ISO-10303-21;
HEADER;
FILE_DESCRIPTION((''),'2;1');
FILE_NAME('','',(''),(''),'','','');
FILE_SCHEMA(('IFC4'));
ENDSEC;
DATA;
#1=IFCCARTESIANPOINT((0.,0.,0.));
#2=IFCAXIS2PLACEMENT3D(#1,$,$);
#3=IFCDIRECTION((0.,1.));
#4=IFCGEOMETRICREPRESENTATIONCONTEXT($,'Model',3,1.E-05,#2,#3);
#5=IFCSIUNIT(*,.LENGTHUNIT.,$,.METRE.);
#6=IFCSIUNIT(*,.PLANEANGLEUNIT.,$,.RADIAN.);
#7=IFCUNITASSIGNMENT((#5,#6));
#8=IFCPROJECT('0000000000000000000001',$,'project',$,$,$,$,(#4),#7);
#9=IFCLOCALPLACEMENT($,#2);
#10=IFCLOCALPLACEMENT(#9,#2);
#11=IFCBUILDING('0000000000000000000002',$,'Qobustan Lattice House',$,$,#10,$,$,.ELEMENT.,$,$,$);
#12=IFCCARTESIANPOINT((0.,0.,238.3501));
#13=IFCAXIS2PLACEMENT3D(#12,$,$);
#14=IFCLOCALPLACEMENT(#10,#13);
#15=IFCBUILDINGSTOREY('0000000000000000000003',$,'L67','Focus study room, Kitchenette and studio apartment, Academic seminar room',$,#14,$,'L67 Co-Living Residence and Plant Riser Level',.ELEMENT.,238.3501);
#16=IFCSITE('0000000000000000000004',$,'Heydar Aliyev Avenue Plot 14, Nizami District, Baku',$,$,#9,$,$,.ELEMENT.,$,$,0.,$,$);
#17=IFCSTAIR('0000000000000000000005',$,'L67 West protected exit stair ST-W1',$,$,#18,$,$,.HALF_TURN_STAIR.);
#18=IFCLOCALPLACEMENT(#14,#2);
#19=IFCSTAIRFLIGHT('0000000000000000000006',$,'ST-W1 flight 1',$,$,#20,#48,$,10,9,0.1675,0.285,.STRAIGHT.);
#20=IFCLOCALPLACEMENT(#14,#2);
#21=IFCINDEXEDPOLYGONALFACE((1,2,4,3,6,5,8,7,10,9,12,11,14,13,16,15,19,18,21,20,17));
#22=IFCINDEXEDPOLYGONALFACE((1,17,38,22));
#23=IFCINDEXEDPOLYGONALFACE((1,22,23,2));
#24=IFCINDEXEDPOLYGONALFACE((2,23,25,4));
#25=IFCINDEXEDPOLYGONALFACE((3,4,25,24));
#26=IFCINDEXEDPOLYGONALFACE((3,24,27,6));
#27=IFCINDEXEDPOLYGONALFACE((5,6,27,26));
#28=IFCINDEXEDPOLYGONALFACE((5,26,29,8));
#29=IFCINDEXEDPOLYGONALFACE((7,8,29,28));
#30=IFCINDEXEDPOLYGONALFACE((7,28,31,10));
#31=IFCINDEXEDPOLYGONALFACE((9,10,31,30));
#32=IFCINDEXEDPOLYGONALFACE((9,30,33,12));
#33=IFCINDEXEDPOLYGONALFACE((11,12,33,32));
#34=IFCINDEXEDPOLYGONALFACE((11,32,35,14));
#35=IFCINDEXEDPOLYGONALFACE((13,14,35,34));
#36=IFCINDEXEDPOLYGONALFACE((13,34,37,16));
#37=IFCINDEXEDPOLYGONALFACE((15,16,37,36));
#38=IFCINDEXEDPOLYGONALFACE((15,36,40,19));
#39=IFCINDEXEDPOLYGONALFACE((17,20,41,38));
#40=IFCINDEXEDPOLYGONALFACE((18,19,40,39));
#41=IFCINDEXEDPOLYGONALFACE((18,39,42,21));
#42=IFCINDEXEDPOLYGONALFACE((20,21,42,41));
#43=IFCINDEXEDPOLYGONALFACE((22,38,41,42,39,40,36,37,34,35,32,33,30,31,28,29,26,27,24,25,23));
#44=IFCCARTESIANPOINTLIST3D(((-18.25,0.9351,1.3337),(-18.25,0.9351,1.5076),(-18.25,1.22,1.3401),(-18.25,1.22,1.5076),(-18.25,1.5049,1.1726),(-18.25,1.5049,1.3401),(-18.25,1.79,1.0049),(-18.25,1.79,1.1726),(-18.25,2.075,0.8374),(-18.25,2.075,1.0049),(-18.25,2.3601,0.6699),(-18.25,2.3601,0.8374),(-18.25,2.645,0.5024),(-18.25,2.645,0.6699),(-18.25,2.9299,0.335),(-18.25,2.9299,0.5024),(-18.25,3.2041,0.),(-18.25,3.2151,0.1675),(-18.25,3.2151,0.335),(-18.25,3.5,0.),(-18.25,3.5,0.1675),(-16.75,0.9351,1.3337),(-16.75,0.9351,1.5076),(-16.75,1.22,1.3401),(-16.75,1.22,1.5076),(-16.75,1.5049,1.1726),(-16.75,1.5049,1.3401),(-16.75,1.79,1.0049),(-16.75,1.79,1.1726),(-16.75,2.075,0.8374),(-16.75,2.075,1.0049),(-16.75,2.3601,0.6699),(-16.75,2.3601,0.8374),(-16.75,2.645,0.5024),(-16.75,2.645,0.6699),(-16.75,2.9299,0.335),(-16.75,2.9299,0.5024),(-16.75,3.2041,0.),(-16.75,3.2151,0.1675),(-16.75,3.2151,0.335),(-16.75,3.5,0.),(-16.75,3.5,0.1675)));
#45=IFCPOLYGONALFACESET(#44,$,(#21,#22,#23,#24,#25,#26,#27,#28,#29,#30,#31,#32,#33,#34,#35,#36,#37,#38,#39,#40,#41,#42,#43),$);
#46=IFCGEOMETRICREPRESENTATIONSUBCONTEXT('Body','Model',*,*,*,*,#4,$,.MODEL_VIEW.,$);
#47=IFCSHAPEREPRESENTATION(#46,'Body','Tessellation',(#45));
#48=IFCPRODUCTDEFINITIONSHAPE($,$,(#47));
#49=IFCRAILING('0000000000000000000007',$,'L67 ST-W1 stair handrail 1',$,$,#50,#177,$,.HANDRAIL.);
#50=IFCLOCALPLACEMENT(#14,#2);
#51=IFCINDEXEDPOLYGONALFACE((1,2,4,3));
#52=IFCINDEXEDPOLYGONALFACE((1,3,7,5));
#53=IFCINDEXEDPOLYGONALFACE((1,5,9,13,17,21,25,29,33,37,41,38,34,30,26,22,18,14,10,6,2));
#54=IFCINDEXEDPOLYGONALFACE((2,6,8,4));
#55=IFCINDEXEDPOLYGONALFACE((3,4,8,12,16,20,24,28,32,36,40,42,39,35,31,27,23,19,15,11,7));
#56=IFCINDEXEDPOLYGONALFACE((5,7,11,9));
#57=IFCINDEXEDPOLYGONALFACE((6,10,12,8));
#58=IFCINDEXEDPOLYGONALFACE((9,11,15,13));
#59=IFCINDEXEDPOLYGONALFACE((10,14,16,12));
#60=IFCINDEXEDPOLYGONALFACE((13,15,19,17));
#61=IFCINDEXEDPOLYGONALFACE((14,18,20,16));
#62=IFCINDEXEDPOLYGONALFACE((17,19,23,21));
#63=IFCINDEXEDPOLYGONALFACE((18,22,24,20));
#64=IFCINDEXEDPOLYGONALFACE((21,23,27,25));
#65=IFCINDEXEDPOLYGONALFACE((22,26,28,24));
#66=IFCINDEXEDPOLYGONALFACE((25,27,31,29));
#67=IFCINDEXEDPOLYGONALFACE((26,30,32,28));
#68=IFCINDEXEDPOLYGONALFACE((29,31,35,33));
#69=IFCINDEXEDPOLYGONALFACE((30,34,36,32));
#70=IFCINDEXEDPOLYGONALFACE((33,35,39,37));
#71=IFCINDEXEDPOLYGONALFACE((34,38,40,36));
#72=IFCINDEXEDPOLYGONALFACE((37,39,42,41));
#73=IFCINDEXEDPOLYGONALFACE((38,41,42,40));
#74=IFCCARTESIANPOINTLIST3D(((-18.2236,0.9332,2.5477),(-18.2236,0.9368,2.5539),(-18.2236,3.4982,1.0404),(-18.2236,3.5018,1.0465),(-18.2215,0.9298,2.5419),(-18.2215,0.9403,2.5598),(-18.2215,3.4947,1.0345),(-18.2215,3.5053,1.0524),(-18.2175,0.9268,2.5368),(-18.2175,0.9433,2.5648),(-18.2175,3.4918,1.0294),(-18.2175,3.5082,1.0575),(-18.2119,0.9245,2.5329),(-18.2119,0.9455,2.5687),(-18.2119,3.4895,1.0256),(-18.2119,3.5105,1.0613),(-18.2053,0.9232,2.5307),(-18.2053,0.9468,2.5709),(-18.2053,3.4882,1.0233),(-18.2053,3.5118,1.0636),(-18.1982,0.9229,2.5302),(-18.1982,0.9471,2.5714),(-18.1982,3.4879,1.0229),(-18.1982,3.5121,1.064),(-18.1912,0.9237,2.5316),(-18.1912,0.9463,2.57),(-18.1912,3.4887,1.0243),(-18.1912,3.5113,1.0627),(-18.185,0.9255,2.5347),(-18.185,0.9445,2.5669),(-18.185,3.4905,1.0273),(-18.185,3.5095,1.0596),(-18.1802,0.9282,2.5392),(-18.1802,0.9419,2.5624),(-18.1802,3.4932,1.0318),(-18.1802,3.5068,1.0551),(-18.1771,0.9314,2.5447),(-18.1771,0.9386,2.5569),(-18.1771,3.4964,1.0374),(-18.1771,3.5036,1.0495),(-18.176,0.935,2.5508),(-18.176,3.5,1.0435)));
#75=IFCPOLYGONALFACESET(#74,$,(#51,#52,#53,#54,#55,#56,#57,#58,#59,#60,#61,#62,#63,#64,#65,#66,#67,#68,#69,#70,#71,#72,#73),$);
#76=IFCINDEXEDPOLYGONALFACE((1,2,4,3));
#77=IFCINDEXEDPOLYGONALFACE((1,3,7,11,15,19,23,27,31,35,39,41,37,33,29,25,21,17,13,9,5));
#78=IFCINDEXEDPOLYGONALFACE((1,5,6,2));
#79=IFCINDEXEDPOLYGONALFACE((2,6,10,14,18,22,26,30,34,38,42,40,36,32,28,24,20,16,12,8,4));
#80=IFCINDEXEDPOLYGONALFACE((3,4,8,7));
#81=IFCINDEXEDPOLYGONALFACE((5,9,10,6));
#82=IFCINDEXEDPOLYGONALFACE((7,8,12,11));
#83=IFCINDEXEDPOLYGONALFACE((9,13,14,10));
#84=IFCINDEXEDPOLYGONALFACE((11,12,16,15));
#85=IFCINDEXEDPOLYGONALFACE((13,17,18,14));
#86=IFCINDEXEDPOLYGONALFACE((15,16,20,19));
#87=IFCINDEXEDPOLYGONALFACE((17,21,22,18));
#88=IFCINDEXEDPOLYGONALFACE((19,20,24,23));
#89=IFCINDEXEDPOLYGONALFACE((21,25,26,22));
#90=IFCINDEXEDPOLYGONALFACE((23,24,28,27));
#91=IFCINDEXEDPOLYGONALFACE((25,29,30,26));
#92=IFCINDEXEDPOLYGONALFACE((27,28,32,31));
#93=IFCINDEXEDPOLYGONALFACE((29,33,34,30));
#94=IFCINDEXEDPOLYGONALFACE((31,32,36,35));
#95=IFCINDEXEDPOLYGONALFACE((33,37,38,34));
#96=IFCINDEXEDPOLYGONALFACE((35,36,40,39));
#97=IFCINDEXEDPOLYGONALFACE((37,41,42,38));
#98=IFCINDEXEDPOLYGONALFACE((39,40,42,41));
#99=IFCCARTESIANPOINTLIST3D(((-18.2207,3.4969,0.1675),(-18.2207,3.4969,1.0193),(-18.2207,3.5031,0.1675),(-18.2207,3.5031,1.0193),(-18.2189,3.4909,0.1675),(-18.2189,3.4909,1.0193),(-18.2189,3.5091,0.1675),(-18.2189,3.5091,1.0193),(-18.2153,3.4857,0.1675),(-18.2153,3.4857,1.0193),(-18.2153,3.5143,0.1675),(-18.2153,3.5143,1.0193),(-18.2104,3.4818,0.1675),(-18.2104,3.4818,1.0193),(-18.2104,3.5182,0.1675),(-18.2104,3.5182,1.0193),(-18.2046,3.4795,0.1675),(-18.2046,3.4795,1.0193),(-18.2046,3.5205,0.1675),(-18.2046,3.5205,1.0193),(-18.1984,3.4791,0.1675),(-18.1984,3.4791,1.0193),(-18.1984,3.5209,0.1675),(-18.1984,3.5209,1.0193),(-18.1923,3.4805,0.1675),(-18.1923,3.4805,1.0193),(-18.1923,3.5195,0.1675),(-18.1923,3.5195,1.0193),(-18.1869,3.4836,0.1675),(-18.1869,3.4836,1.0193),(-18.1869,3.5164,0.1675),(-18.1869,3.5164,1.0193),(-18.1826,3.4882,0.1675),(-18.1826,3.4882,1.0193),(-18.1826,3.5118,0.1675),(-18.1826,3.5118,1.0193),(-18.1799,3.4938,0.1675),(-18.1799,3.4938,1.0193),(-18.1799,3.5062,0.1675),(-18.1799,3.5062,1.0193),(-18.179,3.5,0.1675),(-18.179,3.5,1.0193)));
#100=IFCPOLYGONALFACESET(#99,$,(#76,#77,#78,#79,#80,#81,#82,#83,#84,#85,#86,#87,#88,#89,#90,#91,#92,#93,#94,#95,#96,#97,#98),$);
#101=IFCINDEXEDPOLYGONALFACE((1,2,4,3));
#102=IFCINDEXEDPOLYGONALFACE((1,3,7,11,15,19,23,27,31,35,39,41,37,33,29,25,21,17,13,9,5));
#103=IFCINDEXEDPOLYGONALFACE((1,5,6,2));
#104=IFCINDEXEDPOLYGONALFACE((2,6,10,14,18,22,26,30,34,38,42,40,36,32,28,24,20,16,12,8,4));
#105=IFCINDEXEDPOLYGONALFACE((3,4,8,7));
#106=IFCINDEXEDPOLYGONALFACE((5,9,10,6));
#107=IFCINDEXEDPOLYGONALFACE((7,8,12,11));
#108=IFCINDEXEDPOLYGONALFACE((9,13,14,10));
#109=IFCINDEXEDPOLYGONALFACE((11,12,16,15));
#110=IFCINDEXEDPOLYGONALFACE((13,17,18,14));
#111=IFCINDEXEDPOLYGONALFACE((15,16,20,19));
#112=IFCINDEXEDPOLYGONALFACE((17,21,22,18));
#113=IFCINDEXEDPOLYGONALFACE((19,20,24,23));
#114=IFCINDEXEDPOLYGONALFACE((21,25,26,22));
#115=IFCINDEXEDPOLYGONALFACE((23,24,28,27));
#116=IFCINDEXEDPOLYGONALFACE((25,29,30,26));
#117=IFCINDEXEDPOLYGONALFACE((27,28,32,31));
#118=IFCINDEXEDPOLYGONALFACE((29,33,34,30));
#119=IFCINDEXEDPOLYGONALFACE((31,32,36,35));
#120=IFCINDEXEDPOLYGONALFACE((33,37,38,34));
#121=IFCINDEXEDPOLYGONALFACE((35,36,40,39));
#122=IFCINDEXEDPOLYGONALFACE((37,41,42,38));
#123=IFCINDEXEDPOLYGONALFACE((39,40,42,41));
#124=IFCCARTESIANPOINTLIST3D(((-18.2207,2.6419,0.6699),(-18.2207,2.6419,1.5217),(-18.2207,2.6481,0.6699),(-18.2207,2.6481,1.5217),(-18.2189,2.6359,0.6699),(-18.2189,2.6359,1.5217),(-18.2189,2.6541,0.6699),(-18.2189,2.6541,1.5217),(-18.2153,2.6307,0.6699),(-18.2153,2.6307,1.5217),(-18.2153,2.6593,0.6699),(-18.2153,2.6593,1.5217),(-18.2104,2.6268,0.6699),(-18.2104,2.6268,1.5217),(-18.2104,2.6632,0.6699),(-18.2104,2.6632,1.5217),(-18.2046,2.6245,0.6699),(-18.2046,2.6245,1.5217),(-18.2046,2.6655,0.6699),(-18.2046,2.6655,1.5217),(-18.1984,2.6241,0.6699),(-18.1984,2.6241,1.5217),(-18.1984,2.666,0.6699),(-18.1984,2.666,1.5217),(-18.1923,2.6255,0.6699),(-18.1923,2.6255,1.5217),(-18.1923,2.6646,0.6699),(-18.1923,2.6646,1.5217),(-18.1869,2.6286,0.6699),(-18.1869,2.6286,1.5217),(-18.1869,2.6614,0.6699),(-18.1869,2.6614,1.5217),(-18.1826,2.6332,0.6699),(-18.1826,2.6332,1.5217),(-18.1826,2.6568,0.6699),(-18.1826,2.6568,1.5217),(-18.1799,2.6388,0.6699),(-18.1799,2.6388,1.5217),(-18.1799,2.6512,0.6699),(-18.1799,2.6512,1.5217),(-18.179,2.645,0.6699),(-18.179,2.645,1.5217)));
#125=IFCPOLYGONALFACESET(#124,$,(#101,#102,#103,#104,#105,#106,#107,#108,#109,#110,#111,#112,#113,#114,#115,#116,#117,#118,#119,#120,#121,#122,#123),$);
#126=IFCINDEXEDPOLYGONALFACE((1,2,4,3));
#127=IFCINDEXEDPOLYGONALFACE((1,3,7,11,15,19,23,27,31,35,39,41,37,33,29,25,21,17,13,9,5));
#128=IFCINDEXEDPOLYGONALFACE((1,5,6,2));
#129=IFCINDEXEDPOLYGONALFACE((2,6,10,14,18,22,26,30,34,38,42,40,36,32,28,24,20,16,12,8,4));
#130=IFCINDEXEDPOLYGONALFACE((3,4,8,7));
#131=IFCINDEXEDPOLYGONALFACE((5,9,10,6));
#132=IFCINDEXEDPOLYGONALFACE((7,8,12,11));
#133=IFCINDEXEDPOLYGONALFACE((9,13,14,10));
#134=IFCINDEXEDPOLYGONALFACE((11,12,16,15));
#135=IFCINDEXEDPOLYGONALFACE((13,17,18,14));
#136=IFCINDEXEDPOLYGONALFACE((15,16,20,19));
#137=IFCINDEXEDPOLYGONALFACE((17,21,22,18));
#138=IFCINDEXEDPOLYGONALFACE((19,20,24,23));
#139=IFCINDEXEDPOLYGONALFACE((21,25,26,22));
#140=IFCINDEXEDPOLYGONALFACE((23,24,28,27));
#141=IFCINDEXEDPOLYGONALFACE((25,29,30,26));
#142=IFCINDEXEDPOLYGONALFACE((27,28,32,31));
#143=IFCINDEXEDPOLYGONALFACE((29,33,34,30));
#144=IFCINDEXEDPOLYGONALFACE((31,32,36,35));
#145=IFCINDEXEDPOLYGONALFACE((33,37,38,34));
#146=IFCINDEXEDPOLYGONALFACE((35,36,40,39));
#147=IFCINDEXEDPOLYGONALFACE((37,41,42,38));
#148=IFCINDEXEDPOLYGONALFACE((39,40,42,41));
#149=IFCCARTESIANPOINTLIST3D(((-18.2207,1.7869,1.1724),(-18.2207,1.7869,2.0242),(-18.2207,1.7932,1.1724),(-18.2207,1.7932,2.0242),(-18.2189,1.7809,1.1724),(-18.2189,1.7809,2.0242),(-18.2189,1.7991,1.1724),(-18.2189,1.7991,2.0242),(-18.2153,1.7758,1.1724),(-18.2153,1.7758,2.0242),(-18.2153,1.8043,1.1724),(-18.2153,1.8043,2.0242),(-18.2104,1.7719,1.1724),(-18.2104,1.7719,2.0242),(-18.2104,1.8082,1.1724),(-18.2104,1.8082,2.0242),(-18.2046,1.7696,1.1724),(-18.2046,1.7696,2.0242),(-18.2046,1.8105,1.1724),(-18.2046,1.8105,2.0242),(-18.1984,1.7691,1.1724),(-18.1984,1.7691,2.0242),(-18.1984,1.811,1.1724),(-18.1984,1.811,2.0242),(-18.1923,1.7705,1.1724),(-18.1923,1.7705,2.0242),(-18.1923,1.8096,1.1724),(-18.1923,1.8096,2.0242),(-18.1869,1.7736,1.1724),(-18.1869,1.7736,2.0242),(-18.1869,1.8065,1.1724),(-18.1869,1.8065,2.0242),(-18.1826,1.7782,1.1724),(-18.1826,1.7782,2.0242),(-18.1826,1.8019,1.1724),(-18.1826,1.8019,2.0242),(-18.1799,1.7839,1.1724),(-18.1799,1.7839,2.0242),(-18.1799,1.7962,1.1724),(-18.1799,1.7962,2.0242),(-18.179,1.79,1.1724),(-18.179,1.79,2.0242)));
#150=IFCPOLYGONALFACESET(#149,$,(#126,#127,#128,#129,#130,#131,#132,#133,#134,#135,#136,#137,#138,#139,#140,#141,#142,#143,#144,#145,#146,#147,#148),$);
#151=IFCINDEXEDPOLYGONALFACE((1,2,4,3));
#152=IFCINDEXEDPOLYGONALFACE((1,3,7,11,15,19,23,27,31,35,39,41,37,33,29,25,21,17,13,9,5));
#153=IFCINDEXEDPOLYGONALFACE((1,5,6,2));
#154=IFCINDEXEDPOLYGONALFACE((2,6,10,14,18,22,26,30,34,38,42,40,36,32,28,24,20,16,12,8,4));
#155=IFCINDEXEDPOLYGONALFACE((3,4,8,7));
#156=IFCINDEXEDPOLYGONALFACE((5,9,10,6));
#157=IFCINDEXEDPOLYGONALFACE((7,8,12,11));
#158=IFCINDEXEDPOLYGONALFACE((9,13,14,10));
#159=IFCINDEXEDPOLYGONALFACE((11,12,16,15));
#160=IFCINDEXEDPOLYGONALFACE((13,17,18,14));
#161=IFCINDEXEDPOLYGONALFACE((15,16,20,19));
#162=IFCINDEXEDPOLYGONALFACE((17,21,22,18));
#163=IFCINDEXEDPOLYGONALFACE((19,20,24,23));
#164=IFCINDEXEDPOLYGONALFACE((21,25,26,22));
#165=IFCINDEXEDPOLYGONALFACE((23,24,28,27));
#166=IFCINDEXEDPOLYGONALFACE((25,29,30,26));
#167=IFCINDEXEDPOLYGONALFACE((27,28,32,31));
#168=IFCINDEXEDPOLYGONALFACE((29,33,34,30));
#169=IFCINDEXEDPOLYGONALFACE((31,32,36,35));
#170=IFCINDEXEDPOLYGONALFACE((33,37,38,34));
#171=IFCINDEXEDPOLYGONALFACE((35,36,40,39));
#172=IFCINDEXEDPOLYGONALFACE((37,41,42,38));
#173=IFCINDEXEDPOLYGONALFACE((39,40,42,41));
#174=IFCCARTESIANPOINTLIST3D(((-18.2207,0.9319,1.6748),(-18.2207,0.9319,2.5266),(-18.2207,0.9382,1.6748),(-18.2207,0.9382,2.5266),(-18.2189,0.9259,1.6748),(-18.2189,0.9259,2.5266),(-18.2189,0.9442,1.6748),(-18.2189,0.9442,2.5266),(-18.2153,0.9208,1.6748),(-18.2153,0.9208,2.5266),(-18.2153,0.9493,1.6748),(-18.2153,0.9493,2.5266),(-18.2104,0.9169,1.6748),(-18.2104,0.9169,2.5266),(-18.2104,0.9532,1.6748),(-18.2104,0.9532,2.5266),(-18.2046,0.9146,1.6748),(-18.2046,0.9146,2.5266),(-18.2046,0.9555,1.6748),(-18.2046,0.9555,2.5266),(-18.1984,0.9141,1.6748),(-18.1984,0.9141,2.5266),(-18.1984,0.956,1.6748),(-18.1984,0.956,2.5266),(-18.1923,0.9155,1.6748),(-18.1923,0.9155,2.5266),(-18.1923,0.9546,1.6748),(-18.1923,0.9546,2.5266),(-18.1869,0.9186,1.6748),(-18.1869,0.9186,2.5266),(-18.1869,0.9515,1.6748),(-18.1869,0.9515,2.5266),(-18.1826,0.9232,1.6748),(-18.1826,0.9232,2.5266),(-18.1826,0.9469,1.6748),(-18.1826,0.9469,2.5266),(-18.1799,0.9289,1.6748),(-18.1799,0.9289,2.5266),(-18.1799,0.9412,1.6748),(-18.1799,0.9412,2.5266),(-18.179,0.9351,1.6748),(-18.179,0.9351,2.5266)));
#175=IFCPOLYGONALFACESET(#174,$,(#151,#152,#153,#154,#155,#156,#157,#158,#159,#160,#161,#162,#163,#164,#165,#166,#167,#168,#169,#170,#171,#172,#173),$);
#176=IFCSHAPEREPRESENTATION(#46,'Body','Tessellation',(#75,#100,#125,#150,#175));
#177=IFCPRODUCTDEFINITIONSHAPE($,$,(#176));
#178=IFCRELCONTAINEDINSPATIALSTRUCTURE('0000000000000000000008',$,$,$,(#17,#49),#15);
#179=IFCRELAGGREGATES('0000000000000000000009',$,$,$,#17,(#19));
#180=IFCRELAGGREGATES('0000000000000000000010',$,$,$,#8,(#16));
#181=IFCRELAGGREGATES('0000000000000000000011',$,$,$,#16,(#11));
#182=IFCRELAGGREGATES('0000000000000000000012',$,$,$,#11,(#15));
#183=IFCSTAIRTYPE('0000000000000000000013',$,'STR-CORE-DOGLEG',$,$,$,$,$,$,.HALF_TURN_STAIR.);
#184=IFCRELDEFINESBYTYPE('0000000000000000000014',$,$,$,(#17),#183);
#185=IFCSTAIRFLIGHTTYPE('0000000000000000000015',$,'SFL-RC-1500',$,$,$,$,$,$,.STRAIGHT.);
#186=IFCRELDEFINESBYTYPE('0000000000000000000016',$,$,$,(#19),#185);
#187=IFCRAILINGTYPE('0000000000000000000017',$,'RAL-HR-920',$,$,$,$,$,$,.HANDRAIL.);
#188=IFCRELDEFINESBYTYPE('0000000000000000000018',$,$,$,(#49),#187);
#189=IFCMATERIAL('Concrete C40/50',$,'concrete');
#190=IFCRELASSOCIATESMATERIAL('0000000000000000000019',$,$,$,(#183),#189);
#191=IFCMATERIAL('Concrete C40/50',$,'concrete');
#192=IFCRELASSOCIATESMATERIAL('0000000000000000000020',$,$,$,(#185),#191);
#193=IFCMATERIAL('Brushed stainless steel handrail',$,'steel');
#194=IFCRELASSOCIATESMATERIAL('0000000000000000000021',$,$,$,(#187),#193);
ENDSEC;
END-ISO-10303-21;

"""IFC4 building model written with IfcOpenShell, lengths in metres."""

from ifc_helpers import new_model, si_unit, direction, frame, origin, origin_2d, place, context, subcontext, project, spatial, polyline, circle, outline, extrude, material, type_object, element, aggregate, save


model = new_model("IFC4")

# Units and contexts
model_context = context("Model", 3, precision=1e-05, world=origin(), true_north=direction((0.0, 1.0)))
body_context = subcontext(model_context, "Body", "Model", "MODEL_VIEW")
ifc_project = project(units=[si_unit("LENGTHUNIT", "METRE"), si_unit("PLANEANGLEUNIT", "RADIAN")], contexts=[model_context])

# Site, building, storey
site_placement = place(None, origin())
site = spatial("IfcSite", under=ifc_project, at=site_placement, Name="Heydar Aliyev Avenue Plot 14, Nizami District, Baku", CompositionType="ELEMENT", RefElevation=0.0)
building_placement = place(site_placement, origin())
building = spatial("IfcBuilding", under=site, at=building_placement, Name="Qobustan Lattice House", CompositionType="ELEMENT")
storey_placement = place(building_placement, frame((0.0, 0.0, 238.3501)))
storey = spatial("IfcBuildingStorey", under=building, at=storey_placement, Name="L67", Description="Focus study room, Kitchenette and studio apartment, Academic seminar room", LongName="L67 Co-Living Residence and Plant Riser Level", CompositionType="ELEMENT", Elevation=238.3501)

# Stair, stair flight
ifc_material_1 = material(Name="Concrete C40/50", Category="concrete")
stair_type = type_object("IfcStairType", Name="STR-CORE-DOGLEG", PredefinedType="HALF_TURN_STAIR", material=ifc_material_1)
stair_placement = place(storey_placement, origin())
stair = element("IfcStair", 1, at=stair_placement, inside=storey, type_object=stair_type, Name="L67 West protected exit stair ST-W1", PredefinedType="HALF_TURN_STAIR")
ifc_material_2 = material(Name="Concrete C40/50", Category="concrete")
stair_flight_type = type_object("IfcStairFlightType", Name="SFL-RC-1500", PredefinedType="STRAIGHT", material=ifc_material_2)
stair_flight_placement = place(storey_placement, frame((-17.5, 3.5, 0.0), z_axis=(0.0, 0.0, 1.0), x_axis=(0.0, -1.0, 0.0)))
stair_flight = element("IfcStairFlight", 2, at=stair_flight_placement, type_object=stair_flight_type, Name="ST-W1 flight 1", NumberOfRisers=10, NumberOfTreads=9, PredefinedType="STRAIGHT", RiserHeight=0.1675, TreadLength=0.285, context=body_context, shape_type="SweptSolid", body=[
    extrude(outline(polyline([(0.0, 0.0), (0.0, 0.1675), (0.2849, 0.1675), (0.2849, 0.335), (0.5701, 0.335), (0.5701, 0.5024), (0.855, 0.5024), (0.855, 0.6699), (1.1399, 0.6699), (1.1399, 0.8374), (1.425, 0.8374), (1.425, 1.0049), (1.71, 1.0049), (1.71, 1.1726), (1.9951, 1.1726), (1.9951, 1.3401), (2.28, 1.3401), (2.28, 1.5076), (2.5649, 1.5076), (2.5649, 1.675), (2.5649, 1.3337), (0.2959, 0.0), (0.0, 0.0)])), frame((0.0, 0.75, 0.0), z_axis=(0.0, -1.0, 0.0), x_axis=(1.0, 0.0, 0.0)), (0.0, 0.0, 1.0), 1.5),
])
aggregate(stair, [stair_flight])

# Railing
ifc_material_3 = material(Name="Brushed stainless steel handrail", Category="steel")
railing_type = type_object("IfcRailingType", Name="RAL-HR-920", PredefinedType="HANDRAIL", material=ifc_material_3)
railing_placement = place(storey_placement, frame((-18.2, 3.5, 0.1675)))
element("IfcRailing", 3, at=railing_placement, inside=storey, type_object=railing_type, Name="L67 ST-W1 stair handrail 1", PredefinedType="HANDRAIL", context=body_context, shape_type="SweptSolid", body=[
    extrude(circle(Radius=0.0239, at=origin_2d()), frame((0.0, 0.0, 0.876), z_axis=(0.0, -0.862149, 0.506654), x_axis=(1.0, 0.0, 0.0)), (0.0, 0.0, 1.0), 2.9751),
    extrude(circle(Radius=0.021, at=origin_2d()), origin(), (0.0, 0.0, 1.0), 0.8518),
    extrude(circle(Radius=0.021, at=origin_2d()), frame((0.0, -0.855, 0.5024)), (0.0, 0.0, 1.0), 0.8518),
    extrude(circle(Radius=0.021, at=origin_2d()), frame((0.0, -1.71, 1.0049)), (0.0, 0.0, 1.0), 0.8518),
    extrude(circle(Radius=0.021, at=origin_2d()), frame((0.0, -2.5649, 1.5073)), (0.0, 0.0, 1.0), 0.8518),
])

save(model, "model.ifc")
